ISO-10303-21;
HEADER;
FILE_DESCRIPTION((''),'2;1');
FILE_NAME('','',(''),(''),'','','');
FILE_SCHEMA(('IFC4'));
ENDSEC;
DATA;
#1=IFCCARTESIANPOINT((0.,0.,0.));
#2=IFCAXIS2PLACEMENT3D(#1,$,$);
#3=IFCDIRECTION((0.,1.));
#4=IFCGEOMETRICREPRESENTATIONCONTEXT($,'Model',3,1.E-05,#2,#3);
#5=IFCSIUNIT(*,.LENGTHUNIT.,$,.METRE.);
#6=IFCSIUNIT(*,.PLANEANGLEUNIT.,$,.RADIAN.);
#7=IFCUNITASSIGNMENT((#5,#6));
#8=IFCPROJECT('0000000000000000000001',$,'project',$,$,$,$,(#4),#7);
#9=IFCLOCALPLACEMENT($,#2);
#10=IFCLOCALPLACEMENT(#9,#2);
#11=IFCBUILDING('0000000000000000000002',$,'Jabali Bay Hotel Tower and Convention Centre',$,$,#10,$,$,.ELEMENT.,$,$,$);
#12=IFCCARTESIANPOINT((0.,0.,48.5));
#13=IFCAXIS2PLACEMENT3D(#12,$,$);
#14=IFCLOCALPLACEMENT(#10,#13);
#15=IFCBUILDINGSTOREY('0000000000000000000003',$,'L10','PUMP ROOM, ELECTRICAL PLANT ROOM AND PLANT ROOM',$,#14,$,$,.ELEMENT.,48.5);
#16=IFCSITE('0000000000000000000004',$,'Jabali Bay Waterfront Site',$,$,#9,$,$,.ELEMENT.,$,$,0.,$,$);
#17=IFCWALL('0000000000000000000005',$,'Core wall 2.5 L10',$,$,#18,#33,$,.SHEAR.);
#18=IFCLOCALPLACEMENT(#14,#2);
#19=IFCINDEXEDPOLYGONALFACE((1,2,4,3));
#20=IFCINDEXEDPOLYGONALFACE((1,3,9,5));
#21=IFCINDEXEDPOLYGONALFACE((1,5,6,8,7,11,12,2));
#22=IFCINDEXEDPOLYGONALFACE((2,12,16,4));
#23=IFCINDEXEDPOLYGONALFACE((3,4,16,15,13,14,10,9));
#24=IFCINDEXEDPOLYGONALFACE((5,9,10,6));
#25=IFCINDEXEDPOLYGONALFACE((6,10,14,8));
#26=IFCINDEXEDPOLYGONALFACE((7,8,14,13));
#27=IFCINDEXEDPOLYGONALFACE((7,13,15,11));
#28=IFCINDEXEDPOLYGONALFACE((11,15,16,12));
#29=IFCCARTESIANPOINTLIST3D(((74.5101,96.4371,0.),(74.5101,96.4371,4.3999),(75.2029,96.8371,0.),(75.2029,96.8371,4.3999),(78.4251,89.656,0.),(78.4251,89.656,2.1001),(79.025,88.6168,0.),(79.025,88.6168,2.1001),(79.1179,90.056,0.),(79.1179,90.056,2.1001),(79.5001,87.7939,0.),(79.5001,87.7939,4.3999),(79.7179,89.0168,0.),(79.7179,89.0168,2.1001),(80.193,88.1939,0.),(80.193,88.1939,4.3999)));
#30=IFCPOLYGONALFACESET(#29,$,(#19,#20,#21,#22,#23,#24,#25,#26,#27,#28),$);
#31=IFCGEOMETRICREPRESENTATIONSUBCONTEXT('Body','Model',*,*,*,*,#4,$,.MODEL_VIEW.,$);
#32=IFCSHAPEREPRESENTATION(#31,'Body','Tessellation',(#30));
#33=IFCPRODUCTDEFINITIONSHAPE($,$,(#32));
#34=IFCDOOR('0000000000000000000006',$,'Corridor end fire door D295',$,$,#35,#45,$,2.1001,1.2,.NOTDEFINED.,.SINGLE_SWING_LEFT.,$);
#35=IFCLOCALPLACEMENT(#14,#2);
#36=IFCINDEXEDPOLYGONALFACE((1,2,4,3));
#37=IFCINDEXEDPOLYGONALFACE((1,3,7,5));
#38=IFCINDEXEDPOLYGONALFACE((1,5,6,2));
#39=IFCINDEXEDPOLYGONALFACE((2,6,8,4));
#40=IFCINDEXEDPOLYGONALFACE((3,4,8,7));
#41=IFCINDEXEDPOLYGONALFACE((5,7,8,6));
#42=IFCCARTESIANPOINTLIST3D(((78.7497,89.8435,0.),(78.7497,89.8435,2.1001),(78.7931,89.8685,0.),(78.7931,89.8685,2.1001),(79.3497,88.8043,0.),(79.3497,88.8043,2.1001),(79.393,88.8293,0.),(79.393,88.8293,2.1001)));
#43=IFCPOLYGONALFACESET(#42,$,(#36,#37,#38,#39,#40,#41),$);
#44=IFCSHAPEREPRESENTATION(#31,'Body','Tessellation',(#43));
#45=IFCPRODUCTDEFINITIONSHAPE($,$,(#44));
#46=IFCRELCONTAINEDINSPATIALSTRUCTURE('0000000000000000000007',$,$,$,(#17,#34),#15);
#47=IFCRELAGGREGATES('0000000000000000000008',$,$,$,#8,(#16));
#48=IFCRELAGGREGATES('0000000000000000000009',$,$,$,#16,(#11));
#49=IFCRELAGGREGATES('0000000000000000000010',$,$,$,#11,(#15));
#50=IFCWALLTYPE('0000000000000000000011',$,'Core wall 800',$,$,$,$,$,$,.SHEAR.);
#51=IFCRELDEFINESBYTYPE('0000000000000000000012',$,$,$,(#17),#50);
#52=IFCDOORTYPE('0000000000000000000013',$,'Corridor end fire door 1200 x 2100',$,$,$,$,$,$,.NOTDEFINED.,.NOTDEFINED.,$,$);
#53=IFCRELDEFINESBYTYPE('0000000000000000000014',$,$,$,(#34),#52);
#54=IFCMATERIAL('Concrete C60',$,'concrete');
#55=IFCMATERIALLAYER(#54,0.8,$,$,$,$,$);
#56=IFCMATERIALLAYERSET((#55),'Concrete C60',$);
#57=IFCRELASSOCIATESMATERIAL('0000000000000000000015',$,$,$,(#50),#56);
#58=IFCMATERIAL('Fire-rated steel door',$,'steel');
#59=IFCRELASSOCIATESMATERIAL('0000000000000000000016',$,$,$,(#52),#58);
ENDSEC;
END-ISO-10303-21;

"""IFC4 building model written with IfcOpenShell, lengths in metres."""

from ifc_helpers import new_model, si_unit, direction, frame, frame_2d, origin, place, context, subcontext, project, spatial, rectangle, extrude, material, layer, layer_set, type_object, element, fill, save


model = new_model("IFC4")

# Units and contexts
model_context = context("Model", 3, precision=1e-05, world=origin(), true_north=direction((0.0, 1.0)))
body_context = subcontext(model_context, "Body", "Model", "MODEL_VIEW")
ifc_project = project(units=[si_unit("LENGTHUNIT", "METRE"), si_unit("PLANEANGLEUNIT", "RADIAN")], contexts=[model_context])

# Site, building, storey
site_placement = place(None, origin())
site = spatial("IfcSite", under=ifc_project, at=site_placement, Name="Jabali Bay Waterfront Site", CompositionType="ELEMENT", RefElevation=0.0)
building_placement = place(site_placement, origin())
building = spatial("IfcBuilding", under=site, at=building_placement, Name="Jabali Bay Hotel Tower and Convention Centre", CompositionType="ELEMENT")
storey_placement = place(building_placement, frame((0.0, 0.0, 48.5)))
storey = spatial("IfcBuildingStorey", under=building, at=storey_placement, Name="L10", Description="PUMP ROOM, ELECTRICAL PLANT ROOM AND PLANT ROOM", CompositionType="ELEMENT", Elevation=48.5)

# Shared definitions
ifc_material_1 = material(Name="Fire-rated steel door", Category="steel")

# Wall, opening, door
ifc_material_2 = material(Name="Concrete C60", Category="concrete")
ifc_layer_1 = layer(ifc_material_2, 0.8)
ifc_layer_set_1 = layer_set([ifc_layer_1], Name="Concrete C60")
wall_type_1 = type_object("IfcWallType", Name="Core wall 800", PredefinedType="SHEAR", material=ifc_layer_set_1)
door_type_1 = type_object("IfcDoorType", Name="Corridor end fire door 1200 x 2100", OperationType="NOTDEFINED", PredefinedType="NOTDEFINED", material=ifc_material_1)
wall_1_placement = place(storey_placement, frame((74.8564, 96.6372, 0.0), z_axis=(0.0, 0.0, 1.0), x_axis=(0.499994, -0.866029, 0.0)))
wall_1 = element("IfcWall", 1, at=wall_1_placement, inside=storey, type_object=wall_type_1, Name="Core wall 2.5 L10", PredefinedType="SHEAR", context=body_context, shape_type="SweptSolid", body=[
    extrude(rectangle(XDim=9.9802, YDim=0.8, at=frame_2d((4.9902, 0.0))), origin(), (0.0, 0.0, 1.0), 4.3999),
])
opening_1_placement = place(wall_1_placement, frame((7.8301, 0.0, 0.0)))
opening_1 = element("IfcOpeningElement", 2, at=opening_1_placement, cuts=wall_1, PredefinedType="OPENING", context=body_context, shape_type="SweptSolid", body=[
    extrude(rectangle(XDim=1.2, YDim=2.1001, at=frame_2d((0.6001, 1.05))), frame((0.0, 0.4106, 0.0), z_axis=(0.0, -1.0, 0.0), x_axis=(1.0, 0.0, 0.0)), (0.0, 0.0, 1.0), 0.821),
])
door_1_placement = place(opening_1_placement, origin())
door_1 = element("IfcDoor", 3, at=door_1_placement, inside=storey, type_object=door_type_1, Name="Corridor end fire door D295", OperationType="SINGLE_SWING_LEFT", OverallHeight=2.1001, OverallWidth=1.2, PredefinedType="NOTDEFINED", context=body_context, shape_type="SweptSolid", body=[
    extrude(rectangle(XDim=1.2, YDim=2.1001, at=frame_2d((0.6001, 1.05))), frame((0.0, 0.0249, 0.0), z_axis=(0.0, -1.0, 0.0), x_axis=(1.0, 0.0, 0.0)), (0.0, 0.0, 1.0), 0.05),
])
fill(opening_1, door_1)

save(model, "model.ifc")
